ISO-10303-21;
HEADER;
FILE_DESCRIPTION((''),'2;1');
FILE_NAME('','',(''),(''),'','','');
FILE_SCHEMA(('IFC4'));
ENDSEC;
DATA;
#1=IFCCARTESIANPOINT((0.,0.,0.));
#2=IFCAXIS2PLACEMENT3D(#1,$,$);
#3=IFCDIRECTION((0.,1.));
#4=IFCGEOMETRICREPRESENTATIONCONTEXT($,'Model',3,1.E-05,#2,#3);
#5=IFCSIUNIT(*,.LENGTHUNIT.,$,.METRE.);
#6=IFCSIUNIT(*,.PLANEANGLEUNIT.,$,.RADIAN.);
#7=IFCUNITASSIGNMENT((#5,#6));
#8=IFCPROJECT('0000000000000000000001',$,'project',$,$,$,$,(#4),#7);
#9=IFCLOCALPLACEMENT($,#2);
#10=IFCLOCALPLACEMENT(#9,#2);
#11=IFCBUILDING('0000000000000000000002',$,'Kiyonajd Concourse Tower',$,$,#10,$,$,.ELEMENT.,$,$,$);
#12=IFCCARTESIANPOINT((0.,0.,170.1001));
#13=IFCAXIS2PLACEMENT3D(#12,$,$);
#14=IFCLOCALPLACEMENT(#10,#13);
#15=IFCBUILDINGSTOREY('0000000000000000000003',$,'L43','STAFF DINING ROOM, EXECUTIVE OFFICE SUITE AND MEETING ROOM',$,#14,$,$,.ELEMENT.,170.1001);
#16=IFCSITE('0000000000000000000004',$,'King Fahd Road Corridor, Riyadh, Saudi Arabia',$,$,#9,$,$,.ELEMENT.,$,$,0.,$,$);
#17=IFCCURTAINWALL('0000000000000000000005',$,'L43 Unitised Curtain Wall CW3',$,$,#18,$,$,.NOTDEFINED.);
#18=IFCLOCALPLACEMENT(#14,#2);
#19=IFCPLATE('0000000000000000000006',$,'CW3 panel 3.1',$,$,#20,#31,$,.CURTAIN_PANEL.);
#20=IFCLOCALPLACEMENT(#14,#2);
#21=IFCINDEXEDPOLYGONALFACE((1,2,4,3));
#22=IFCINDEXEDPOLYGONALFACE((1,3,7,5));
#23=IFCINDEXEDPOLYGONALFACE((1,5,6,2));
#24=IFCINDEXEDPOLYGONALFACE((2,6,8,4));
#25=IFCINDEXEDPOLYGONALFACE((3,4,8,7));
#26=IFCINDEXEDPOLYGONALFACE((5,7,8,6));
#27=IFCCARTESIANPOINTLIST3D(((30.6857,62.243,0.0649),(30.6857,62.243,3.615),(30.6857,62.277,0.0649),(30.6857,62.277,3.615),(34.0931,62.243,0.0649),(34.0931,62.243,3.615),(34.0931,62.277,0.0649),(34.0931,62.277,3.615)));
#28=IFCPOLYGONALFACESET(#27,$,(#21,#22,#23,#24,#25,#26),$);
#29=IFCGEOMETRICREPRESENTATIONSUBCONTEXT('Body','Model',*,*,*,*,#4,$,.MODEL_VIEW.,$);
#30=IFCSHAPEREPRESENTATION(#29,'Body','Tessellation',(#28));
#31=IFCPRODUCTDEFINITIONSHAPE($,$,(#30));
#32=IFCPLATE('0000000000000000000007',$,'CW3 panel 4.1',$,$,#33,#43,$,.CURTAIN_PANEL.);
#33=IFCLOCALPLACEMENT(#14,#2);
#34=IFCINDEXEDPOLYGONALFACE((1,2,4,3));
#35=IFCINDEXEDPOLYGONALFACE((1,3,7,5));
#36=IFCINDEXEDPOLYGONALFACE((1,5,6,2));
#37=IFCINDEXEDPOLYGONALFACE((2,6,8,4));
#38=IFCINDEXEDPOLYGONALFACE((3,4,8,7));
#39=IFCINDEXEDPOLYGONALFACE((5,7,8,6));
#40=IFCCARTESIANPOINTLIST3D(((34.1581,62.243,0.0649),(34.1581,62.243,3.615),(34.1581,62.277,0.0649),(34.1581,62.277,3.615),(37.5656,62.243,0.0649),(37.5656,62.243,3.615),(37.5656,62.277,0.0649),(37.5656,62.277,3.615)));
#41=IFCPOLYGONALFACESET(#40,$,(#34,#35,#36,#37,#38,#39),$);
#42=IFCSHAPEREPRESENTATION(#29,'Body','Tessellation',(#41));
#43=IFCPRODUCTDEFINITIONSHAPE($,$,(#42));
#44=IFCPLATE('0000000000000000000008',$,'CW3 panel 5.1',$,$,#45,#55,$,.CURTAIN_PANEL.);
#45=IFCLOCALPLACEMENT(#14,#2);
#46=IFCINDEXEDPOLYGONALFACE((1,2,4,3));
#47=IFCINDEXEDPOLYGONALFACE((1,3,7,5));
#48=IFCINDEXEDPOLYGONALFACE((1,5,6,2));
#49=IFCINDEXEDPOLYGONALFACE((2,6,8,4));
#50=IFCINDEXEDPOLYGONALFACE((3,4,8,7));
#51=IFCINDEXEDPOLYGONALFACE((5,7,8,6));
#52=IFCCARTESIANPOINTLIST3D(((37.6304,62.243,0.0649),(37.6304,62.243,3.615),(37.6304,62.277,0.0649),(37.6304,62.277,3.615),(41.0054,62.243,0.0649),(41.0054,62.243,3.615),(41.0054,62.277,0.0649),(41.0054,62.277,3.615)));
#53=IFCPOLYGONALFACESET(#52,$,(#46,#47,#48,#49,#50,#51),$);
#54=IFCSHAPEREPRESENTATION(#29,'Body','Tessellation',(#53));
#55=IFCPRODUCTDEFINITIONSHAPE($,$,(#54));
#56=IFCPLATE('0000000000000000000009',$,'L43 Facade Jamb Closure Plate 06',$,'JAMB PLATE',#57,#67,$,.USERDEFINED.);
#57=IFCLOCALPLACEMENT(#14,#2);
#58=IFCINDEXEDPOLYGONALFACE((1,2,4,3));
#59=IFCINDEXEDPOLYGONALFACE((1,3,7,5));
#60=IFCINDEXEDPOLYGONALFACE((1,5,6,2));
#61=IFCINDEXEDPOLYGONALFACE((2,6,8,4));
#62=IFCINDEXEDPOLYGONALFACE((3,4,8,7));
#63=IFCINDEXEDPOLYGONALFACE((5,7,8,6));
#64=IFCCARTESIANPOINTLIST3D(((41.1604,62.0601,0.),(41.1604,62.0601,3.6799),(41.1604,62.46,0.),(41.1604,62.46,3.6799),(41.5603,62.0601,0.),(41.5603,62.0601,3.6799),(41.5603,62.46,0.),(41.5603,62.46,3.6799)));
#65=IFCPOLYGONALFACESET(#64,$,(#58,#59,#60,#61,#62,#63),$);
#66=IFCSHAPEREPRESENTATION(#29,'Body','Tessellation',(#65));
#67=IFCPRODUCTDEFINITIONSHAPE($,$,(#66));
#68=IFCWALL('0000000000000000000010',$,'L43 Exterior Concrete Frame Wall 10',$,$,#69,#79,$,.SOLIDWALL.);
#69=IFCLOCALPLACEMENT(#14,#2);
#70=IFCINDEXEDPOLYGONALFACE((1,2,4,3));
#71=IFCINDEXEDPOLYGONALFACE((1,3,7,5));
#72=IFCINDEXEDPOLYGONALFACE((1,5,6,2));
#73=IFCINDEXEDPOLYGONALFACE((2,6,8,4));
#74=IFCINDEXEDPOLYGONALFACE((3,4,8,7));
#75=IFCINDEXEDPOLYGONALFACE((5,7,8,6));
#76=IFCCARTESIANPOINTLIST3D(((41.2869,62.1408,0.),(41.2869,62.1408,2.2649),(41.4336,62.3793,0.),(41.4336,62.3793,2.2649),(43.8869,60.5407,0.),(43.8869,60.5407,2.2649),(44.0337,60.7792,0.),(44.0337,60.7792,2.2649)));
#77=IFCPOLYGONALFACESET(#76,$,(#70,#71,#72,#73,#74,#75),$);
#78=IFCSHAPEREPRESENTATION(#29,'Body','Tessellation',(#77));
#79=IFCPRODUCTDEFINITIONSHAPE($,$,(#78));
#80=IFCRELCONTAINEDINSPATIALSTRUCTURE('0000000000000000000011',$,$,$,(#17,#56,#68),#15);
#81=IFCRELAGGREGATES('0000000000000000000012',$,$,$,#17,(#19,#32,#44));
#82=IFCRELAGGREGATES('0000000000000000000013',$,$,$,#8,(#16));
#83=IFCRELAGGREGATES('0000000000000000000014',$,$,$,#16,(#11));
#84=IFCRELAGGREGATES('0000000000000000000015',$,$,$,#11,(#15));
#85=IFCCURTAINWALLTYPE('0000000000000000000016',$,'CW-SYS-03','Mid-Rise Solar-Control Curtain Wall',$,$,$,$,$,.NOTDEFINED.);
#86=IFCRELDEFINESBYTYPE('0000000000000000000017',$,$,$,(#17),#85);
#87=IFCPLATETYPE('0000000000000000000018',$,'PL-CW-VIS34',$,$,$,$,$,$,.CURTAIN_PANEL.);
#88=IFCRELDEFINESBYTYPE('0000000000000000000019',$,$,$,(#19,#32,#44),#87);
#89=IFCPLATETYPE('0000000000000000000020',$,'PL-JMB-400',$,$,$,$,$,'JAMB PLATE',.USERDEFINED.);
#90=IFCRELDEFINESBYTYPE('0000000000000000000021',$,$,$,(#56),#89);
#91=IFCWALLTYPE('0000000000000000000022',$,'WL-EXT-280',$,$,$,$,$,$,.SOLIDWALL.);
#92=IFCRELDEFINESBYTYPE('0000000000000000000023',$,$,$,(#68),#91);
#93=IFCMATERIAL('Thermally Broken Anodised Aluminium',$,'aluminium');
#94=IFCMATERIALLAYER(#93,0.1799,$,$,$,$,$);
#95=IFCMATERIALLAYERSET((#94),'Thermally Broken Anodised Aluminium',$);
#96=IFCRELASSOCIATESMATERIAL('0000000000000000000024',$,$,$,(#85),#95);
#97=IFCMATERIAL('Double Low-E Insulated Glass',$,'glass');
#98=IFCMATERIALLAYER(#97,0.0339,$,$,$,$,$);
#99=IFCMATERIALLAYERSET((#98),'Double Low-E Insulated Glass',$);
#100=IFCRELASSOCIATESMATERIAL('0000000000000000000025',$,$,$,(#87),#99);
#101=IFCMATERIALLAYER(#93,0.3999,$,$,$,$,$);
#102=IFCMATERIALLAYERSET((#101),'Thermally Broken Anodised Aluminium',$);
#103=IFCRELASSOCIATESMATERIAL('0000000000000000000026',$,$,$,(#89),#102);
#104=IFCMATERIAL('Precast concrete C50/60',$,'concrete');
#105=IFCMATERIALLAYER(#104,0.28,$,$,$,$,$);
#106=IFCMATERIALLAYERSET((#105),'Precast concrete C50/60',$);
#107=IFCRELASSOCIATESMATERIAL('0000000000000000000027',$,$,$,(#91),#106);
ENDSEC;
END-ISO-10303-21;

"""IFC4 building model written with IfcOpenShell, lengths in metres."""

from ifc_helpers import new_model, si_unit, direction, frame, frame_2d, origin, origin_2d, place, context, subcontext, project, spatial, rectangle, extrude, material, layer, layer_set, type_object, element, aggregate, save


model = new_model("IFC4")

# Units and contexts
model_context = context("Model", 3, precision=1e-05, world=origin(), true_north=direction((0.0, 1.0)))
body_context = subcontext(model_context, "Body", "Model", "MODEL_VIEW")
ifc_project = project(units=[si_unit("LENGTHUNIT", "METRE"), si_unit("PLANEANGLEUNIT", "RADIAN")], contexts=[model_context])

# Site, building, storey
site_placement = place(None, origin())
site = spatial("IfcSite", under=ifc_project, at=site_placement, Name="King Fahd Road Corridor, Riyadh, Saudi Arabia", CompositionType="ELEMENT", RefElevation=0.0)
building_placement = place(site_placement, origin())
building = spatial("IfcBuilding", under=site, at=building_placement, Name="Kiyonajd Concourse Tower", CompositionType="ELEMENT")
storey_placement = place(building_placement, frame((0.0, 0.0, 170.1001)))
storey = spatial("IfcBuildingStorey", under=building, at=storey_placement, Name="L43", Description="STAFF DINING ROOM, EXECUTIVE OFFICE SUITE AND MEETING ROOM", CompositionType="ELEMENT", Elevation=170.1001)

# Curtain wall
ifc_material_1 = material(Name="Thermally Broken Anodised Aluminium", Category="aluminium")
ifc_layer_1 = layer(ifc_material_1, 0.1799)
ifc_layer_set_1 = layer_set([ifc_layer_1], Name="Thermally Broken Anodised Aluminium")
curtain_wall_type = type_object("IfcCurtainWallType", Name="CW-SYS-03", Description="Mid-Rise Solar-Control Curtain Wall", PredefinedType="NOTDEFINED", material=ifc_layer_set_1)
curtain_wall_placement = place(storey_placement, origin())
curtain_wall = element("IfcCurtainWall", 1, at=curtain_wall_placement, inside=storey, type_object=curtain_wall_type, Name="L43 Unitised Curtain Wall CW3", PredefinedType="NOTDEFINED")

# Plates
ifc_material_2 = material(Name="Double Low-E Insulated Glass", Category="glass")
ifc_layer_2 = layer(ifc_material_2, 0.0339)
ifc_layer_set_2 = layer_set([ifc_layer_2], Name="Double Low-E Insulated Glass")
plate_type_1 = type_object("IfcPlateType", Name="PL-CW-VIS34", PredefinedType="CURTAIN_PANEL", material=ifc_layer_set_2)
plate_1_placement = place(storey_placement, frame((32.3894, 62.26, 0.0649), z_axis=(0.0, 0.0, 1.0), x_axis=(1.0, 0.0, 0.0)))
plate_1 = element("IfcPlate", 2, at=plate_1_placement, type_object=plate_type_1, Name="CW3 panel 3.1", PredefinedType="CURTAIN_PANEL", context=body_context, shape_type="SweptSolid", body=[
    extrude(rectangle(XDim=3.4075, YDim=0.0339, at=origin_2d()), origin(), (0.0, 0.0, 1.0), 3.55),
])
plate_2_placement = place(storey_placement, frame((35.8618, 62.26, 0.0649), z_axis=(0.0, 0.0, 1.0), x_axis=(1.0, 0.0, 0.0)))
plate_2 = element("IfcPlate", 3, at=plate_2_placement, type_object=plate_type_1, Name="CW3 panel 4.1", PredefinedType="CURTAIN_PANEL", context=body_context, shape_type="SweptSolid", body=[
    extrude(rectangle(XDim=3.4075, YDim=0.0339, at=origin_2d()), origin(), (0.0, 0.0, 1.0), 3.55),
])
plate_3_placement = place(storey_placement, frame((39.3179, 62.26, 0.0649), z_axis=(0.0, 0.0, 1.0), x_axis=(1.0, 0.0, 0.0)))
plate_3 = element("IfcPlate", 4, at=plate_3_placement, type_object=plate_type_1, Name="CW3 panel 5.1", PredefinedType="CURTAIN_PANEL", context=body_context, shape_type="SweptSolid", body=[
    extrude(rectangle(XDim=3.375, YDim=0.0339, at=origin_2d()), origin(), (0.0, 0.0, 1.0), 3.55),
])
aggregate(curtain_wall, [plate_1, plate_2, plate_3])
ifc_layer_3 = layer(ifc_material_1, 0.3999)
ifc_layer_set_3 = layer_set([ifc_layer_3], Name="Thermally Broken Anodised Aluminium")
plate_type_2 = type_object("IfcPlateType", Name="PL-JMB-400", ElementType="JAMB PLATE", PredefinedType="USERDEFINED", material=ifc_layer_set_3)
plate_4_placement = place(storey_placement, frame((41.3604, 62.26, 0.0), z_axis=(0.0, 0.0, 1.0), x_axis=(1.0, 0.0, 0.0)))
element("IfcPlate", 5, at=plate_4_placement, inside=storey, type_object=plate_type_2, Name="L43 Facade Jamb Closure Plate 06", ObjectType="JAMB PLATE", PredefinedType="USERDEFINED", context=body_context, shape_type="SweptSolid", body=[
    extrude(rectangle(XDim=0.3999, YDim=0.3999, at=origin_2d()), origin(), (0.0, 0.0, 1.0), 3.6799),
])

# Wall
ifc_material_3 = material(Name="Precast concrete C50/60", Category="concrete")
ifc_layer_4 = layer(ifc_material_3, 0.28)
ifc_layer_set_4 = layer_set([ifc_layer_4], Name="Precast concrete C50/60")
wall_type = type_object("IfcWallType", Name="WL-EXT-280", PredefinedType="SOLIDWALL", material=ifc_layer_set_4)
wall_placement = place(storey_placement, frame((41.3604, 62.26, 0.0), z_axis=(0.0, 0.0, 1.0), x_axis=(0.851653, -0.524106, 0.0)))
element("IfcWall", 6, at=wall_placement, inside=storey, type_object=wall_type, Name="L43 Exterior Concrete Frame Wall 10", PredefinedType="SOLIDWALL", context=body_context, shape_type="SweptSolid", body=[
    extrude(rectangle(XDim=3.053, YDim=0.28, at=frame_2d((1.5264, 0.0))), origin(), (0.0, 0.0, 1.0), 2.2649),
])

save(model, "model.ifc")
